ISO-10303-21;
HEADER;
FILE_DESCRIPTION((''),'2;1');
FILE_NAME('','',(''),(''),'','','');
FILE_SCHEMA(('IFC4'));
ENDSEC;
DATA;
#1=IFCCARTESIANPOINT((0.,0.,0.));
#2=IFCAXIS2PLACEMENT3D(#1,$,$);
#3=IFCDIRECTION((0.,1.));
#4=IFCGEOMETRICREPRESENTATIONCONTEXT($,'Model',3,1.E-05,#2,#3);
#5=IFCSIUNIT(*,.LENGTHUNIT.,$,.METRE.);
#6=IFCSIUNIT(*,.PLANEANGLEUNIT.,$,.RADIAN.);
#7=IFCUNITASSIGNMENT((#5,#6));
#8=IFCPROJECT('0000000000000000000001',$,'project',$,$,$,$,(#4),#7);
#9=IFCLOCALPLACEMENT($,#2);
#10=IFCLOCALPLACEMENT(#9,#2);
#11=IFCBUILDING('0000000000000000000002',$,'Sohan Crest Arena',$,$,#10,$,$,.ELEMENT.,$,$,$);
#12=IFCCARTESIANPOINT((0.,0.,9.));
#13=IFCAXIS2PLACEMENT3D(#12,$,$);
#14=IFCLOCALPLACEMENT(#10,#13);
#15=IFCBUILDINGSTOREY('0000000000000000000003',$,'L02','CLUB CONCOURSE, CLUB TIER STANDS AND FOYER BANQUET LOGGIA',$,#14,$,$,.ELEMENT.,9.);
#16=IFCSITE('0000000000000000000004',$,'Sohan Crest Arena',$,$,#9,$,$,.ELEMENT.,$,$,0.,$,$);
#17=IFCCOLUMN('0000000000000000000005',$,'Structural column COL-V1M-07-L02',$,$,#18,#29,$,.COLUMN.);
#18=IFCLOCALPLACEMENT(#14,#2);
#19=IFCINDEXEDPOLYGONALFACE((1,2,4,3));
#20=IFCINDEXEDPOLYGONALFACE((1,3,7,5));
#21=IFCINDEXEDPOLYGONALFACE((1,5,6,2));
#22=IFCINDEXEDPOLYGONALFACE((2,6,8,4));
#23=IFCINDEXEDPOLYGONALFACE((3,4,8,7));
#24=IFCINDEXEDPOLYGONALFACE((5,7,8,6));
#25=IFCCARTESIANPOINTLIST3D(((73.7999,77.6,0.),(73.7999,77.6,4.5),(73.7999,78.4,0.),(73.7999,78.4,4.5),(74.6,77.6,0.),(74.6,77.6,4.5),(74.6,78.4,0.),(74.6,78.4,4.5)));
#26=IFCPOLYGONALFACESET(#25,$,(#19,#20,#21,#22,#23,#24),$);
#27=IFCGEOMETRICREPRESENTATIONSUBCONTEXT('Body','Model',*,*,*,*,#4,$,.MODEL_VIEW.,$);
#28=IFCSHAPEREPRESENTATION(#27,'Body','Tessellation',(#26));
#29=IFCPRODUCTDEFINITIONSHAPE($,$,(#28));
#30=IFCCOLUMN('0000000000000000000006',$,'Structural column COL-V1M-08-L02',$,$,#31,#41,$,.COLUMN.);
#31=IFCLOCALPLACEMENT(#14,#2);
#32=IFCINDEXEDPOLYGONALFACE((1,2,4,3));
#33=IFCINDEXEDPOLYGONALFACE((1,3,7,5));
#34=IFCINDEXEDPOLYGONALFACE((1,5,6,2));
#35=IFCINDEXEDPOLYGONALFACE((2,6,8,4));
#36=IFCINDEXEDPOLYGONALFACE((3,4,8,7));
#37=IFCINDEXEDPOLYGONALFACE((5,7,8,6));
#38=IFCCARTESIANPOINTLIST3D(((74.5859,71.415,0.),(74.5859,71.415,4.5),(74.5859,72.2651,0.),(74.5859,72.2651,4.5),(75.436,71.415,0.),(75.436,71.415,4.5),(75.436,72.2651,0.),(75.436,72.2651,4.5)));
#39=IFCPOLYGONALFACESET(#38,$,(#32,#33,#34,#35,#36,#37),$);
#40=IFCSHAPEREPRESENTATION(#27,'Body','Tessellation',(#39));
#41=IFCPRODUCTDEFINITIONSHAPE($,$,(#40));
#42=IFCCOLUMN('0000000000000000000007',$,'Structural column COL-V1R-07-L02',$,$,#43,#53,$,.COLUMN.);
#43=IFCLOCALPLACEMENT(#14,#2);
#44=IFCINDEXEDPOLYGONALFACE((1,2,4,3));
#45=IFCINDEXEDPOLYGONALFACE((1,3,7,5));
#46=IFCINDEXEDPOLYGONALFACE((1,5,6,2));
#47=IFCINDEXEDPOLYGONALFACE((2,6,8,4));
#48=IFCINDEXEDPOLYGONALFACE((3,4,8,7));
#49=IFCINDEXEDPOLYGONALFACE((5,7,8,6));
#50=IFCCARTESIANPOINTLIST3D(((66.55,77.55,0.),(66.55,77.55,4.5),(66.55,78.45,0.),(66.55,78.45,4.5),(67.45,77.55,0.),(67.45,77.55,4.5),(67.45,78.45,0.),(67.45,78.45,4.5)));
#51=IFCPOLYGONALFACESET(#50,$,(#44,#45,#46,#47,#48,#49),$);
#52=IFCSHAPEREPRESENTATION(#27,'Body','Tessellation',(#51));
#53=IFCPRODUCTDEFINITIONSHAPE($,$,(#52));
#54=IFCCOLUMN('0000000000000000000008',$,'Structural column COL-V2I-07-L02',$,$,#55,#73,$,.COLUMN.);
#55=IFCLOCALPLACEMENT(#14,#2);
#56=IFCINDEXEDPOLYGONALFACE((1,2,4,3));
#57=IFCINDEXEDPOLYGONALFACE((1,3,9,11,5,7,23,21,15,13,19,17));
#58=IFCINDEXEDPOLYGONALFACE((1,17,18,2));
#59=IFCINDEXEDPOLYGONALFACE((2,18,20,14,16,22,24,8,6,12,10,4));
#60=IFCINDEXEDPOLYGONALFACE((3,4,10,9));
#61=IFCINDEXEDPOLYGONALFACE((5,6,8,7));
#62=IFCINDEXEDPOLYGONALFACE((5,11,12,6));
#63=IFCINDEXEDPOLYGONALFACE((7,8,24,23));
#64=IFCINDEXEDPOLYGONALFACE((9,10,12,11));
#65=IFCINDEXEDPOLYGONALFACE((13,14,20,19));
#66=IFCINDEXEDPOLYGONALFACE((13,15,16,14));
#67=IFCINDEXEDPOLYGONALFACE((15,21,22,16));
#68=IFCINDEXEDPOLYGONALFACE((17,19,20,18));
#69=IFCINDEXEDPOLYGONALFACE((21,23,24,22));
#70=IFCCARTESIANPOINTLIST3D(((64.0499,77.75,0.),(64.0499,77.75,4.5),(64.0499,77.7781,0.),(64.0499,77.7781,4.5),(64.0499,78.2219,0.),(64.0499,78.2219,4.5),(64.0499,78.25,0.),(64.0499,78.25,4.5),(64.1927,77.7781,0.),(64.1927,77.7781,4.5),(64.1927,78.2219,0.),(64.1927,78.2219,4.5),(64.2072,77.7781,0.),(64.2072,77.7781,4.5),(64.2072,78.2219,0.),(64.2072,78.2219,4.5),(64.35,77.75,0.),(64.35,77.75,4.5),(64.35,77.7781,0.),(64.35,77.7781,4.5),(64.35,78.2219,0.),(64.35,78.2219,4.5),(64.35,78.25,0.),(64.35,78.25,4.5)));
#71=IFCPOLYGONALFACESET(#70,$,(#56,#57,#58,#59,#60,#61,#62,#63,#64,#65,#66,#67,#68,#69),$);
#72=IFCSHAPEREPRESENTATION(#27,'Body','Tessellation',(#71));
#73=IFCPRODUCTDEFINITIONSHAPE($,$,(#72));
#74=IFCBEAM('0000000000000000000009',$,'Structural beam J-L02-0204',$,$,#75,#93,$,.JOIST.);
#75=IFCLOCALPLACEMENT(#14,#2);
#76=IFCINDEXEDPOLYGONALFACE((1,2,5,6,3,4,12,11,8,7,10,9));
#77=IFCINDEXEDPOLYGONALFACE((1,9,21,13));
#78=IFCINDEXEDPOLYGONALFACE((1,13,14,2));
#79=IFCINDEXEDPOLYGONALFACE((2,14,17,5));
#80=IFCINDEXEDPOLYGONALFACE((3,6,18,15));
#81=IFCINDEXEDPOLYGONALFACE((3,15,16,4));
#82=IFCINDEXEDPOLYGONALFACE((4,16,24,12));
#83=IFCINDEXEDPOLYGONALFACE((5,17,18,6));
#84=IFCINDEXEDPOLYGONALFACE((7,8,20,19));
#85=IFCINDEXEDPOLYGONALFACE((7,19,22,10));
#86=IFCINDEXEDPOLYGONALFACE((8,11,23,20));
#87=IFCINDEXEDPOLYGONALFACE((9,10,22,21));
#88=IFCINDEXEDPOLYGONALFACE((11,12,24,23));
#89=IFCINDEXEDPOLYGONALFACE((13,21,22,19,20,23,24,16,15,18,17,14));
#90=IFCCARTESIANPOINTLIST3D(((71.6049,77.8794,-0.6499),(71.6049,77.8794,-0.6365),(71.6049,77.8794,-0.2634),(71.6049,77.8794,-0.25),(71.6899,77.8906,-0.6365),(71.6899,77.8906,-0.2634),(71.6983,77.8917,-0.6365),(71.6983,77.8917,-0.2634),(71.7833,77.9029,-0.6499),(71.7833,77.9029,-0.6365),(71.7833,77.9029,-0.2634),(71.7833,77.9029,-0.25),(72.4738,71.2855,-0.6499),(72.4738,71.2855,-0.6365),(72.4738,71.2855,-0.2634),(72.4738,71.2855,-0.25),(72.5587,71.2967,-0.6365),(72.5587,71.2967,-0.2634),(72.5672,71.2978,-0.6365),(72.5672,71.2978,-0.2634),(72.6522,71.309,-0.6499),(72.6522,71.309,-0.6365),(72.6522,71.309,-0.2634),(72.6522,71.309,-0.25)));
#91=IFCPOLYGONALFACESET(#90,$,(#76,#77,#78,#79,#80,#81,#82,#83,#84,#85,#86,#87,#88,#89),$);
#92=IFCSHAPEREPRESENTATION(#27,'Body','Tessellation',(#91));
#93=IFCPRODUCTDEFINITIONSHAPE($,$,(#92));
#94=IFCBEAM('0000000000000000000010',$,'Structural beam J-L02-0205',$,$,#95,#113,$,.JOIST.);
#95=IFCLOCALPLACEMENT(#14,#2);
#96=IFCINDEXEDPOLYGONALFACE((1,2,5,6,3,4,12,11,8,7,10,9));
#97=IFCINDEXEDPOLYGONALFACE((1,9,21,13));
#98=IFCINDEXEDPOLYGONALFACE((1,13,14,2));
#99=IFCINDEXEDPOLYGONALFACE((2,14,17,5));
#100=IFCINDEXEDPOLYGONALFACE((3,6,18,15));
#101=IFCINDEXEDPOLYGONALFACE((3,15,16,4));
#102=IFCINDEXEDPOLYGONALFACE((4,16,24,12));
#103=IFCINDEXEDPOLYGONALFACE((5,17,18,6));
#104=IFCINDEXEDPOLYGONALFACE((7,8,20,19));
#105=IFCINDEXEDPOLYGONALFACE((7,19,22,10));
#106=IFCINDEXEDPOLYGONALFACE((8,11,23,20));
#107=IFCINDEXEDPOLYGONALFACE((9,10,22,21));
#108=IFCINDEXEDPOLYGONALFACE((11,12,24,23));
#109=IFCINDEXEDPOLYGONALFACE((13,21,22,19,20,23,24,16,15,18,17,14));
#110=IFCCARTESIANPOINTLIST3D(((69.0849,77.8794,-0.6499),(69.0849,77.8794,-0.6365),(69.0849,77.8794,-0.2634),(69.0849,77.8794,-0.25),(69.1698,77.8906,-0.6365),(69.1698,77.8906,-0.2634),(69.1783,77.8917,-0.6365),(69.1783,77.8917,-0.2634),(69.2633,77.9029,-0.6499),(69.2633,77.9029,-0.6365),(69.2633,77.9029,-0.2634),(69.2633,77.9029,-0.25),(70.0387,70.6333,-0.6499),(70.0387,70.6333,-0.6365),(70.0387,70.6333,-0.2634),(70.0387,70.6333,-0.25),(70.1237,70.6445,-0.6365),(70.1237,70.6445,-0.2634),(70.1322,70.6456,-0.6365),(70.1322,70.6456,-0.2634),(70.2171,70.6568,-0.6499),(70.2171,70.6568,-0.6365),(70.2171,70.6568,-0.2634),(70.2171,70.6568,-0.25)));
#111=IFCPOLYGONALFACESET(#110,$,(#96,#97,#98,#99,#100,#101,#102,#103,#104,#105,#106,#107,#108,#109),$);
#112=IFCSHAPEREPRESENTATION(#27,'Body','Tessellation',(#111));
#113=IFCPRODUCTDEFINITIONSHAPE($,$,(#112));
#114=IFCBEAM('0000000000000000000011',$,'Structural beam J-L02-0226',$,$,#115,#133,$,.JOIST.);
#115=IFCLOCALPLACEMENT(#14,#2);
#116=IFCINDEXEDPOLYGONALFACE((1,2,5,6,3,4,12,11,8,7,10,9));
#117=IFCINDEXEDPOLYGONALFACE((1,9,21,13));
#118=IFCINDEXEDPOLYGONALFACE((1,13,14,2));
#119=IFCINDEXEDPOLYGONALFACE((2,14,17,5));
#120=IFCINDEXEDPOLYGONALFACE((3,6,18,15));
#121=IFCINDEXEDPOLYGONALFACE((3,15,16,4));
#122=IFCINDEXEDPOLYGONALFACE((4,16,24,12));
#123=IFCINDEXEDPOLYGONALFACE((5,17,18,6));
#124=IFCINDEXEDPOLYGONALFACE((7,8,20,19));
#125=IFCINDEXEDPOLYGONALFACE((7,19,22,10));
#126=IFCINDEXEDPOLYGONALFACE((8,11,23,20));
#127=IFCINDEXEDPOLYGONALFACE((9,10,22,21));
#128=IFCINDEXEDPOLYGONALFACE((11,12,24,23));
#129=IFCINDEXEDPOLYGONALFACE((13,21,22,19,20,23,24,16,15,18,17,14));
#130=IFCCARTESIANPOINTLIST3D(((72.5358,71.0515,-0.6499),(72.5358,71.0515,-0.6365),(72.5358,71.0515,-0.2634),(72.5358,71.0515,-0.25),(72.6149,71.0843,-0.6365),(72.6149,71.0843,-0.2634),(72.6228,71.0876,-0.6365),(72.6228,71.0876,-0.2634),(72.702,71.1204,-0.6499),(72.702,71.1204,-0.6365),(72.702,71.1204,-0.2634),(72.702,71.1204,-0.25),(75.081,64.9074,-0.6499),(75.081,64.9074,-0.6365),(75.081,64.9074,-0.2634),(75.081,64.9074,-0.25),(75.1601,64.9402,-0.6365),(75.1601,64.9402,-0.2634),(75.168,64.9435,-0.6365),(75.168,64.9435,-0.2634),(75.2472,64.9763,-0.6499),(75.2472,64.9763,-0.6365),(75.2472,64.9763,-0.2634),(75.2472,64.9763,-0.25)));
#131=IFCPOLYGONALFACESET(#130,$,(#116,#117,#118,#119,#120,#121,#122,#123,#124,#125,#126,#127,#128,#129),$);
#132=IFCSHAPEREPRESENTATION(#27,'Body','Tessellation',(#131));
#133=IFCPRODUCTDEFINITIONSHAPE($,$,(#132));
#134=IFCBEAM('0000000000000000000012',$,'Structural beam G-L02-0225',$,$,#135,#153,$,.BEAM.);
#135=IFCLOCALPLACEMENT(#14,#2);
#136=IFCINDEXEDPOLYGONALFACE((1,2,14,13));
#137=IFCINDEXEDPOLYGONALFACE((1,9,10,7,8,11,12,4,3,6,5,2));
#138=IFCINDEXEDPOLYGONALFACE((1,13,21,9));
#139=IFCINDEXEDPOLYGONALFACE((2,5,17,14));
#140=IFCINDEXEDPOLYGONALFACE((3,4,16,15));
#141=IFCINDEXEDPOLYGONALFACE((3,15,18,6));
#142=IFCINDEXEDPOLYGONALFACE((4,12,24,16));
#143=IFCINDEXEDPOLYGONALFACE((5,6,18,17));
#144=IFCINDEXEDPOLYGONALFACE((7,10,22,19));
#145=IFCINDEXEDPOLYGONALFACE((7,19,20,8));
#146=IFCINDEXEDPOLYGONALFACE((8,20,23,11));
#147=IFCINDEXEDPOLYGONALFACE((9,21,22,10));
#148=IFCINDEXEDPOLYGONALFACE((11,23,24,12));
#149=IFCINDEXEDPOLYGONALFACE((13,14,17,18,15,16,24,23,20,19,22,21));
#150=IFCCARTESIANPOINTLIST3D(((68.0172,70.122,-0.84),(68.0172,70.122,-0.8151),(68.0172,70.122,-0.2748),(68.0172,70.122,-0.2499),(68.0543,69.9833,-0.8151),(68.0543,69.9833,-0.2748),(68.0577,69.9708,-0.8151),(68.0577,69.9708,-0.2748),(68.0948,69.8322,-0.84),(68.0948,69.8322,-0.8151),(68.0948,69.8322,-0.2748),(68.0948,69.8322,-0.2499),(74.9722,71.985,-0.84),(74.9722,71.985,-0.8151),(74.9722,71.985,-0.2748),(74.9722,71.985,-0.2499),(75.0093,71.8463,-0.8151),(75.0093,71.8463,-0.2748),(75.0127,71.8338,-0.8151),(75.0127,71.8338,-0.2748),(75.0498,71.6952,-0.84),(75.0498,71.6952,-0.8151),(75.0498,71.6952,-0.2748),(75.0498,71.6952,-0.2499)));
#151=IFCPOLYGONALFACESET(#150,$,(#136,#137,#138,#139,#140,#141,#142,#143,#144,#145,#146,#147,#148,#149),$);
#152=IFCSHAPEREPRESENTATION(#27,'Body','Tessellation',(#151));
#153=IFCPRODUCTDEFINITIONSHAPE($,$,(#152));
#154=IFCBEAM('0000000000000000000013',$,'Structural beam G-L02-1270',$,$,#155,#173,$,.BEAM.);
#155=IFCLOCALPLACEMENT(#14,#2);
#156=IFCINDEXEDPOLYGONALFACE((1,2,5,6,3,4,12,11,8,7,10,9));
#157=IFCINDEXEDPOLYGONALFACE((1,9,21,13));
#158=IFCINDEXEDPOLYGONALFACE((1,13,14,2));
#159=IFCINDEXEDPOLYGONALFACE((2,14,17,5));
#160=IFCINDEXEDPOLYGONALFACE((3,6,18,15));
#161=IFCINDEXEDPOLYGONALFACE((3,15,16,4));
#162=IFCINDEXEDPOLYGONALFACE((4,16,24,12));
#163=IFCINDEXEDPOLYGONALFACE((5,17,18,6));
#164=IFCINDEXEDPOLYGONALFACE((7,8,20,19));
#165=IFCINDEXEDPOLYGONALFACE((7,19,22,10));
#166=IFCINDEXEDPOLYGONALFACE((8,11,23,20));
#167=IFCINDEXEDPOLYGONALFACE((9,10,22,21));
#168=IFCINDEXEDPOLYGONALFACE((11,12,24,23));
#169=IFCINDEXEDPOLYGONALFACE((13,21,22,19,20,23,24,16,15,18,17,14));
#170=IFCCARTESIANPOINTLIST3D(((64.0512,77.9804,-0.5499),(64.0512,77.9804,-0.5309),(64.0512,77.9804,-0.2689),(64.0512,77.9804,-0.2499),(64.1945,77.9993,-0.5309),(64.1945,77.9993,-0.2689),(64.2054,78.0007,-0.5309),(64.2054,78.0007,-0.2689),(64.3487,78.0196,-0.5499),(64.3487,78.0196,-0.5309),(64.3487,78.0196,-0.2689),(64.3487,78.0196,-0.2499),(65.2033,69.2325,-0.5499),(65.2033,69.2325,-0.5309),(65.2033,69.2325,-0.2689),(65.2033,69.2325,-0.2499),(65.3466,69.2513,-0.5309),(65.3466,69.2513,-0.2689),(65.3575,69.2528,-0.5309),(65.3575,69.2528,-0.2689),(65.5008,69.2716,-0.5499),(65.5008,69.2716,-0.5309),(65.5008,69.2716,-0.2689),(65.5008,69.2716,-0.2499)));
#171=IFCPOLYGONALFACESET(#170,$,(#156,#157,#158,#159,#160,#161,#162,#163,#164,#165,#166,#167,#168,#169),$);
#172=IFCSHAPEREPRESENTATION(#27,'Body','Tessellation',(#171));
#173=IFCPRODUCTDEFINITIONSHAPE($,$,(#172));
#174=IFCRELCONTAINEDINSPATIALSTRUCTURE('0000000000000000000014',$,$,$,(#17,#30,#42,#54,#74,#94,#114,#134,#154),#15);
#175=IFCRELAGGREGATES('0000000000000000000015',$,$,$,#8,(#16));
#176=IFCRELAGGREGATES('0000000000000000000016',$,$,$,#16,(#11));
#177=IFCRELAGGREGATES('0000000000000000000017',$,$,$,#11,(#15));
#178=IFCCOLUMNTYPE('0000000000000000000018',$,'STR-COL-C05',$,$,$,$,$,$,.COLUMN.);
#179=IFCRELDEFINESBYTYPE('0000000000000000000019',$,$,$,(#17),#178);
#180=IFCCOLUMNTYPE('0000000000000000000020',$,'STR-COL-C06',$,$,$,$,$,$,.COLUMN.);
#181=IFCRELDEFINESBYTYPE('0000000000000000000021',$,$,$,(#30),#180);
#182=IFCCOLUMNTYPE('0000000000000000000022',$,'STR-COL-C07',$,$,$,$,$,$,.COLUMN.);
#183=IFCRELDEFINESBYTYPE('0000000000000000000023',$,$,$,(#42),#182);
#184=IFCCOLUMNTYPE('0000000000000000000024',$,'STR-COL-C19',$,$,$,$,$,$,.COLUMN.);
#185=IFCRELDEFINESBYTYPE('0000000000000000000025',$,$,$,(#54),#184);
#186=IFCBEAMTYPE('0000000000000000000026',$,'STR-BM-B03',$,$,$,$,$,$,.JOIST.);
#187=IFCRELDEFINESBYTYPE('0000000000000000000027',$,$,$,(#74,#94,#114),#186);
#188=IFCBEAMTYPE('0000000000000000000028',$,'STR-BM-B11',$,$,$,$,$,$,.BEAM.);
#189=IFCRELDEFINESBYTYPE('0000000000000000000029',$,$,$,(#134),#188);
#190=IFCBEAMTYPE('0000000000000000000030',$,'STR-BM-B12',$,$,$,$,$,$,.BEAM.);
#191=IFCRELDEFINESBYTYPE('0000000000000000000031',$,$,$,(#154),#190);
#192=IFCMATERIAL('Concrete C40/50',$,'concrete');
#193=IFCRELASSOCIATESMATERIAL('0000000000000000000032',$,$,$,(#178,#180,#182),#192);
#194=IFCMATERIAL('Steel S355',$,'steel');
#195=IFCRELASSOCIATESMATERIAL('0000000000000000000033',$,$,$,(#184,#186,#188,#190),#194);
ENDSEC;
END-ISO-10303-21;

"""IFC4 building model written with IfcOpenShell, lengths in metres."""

from ifc_helpers import new_model, si_unit, direction, frame, origin, origin_2d, place, context, subcontext, project, spatial, rectangle, i_section, extrude, material, material_profile, profile_set, type_object, element, save


model = new_model("IFC4")

# Units and contexts
model_context = context("Model", 3, precision=1e-05, world=origin(), true_north=direction((0.0, 1.0)))
body_context = subcontext(model_context, "Body", "Model", "MODEL_VIEW")
ifc_project = project(units=[si_unit("LENGTHUNIT", "METRE"), si_unit("PLANEANGLEUNIT", "RADIAN")], contexts=[model_context])

# Site, building, storey
site_placement = place(None, origin())
site = spatial("IfcSite", under=ifc_project, at=site_placement, Name="Sohan Crest Arena", CompositionType="ELEMENT", RefElevation=0.0)
building_placement = place(site_placement, origin())
building = spatial("IfcBuilding", under=site, at=building_placement, Name="Sohan Crest Arena", CompositionType="ELEMENT")
storey_placement = place(building_placement, frame((0.0, 0.0, 9.0)))
storey = spatial("IfcBuildingStorey", under=building, at=storey_placement, Name="L02", Description="CLUB CONCOURSE, CLUB TIER STANDS AND FOYER BANQUET LOGGIA", CompositionType="ELEMENT", Elevation=9.0)

# Columns
ifc_material_1 = material(Name="Concrete C40/50", Category="concrete")
ifc_material_profile_1 = material_profile(ifc_material_1, rectangle(XDim=0.8, YDim=0.8, at=origin_2d()), Name="RC 800x800")
ifc_profile_set_1 = profile_set([ifc_material_profile_1], Name="Concrete C40/50")
column_type_1 = type_object("IfcColumnType", Name="STR-COL-C05", PredefinedType="COLUMN", material=ifc_profile_set_1)
column_1_placement = place(storey_placement, frame((74.2, 78.0, 0.0), z_axis=(0.0, 0.0, 1.0), x_axis=(1.0, 0.0, 0.0)))
element("IfcColumn", 1, at=column_1_placement, inside=storey, type_object=column_type_1, Name="Structural column COL-V1M-07-L02", PredefinedType="COLUMN", context=body_context, shape_type="SweptSolid", body=[
    extrude(rectangle(XDim=0.8, YDim=0.8, at=origin_2d()), origin(), (0.0, 0.0, 1.0), 4.5),
])
ifc_material_profile_2 = material_profile(ifc_material_1, rectangle(XDim=0.8501, YDim=0.8501, at=origin_2d()), Name="RC 850x850")
ifc_profile_set_2 = profile_set([ifc_material_profile_2], Name="Concrete C40/50")
column_type_2 = type_object("IfcColumnType", Name="STR-COL-C06", PredefinedType="COLUMN", material=ifc_profile_set_2)
column_2_placement = place(storey_placement, frame((75.011, 71.8401, 0.0), z_axis=(0.0, 0.0, 1.0), x_axis=(1.0, 0.0, 0.0)))
element("IfcColumn", 2, at=column_2_placement, inside=storey, type_object=column_type_2, Name="Structural column COL-V1M-08-L02", PredefinedType="COLUMN", context=body_context, shape_type="SweptSolid", body=[
    extrude(rectangle(XDim=0.8501, YDim=0.8501, at=origin_2d()), origin(), (0.0, 0.0, 1.0), 4.5),
])
ifc_material_profile_3 = material_profile(ifc_material_1, rectangle(XDim=0.8999, YDim=0.8999, at=origin_2d()), Name="RC 900x900")
ifc_profile_set_3 = profile_set([ifc_material_profile_3], Name="Concrete C40/50")
column_type_3 = type_object("IfcColumnType", Name="STR-COL-C07", PredefinedType="COLUMN", material=ifc_profile_set_3)
column_3_placement = place(storey_placement, frame((67.0, 78.0, 0.0), z_axis=(0.0, 0.0, 1.0), x_axis=(1.0, 0.0, 0.0)))
element("IfcColumn", 3, at=column_3_placement, inside=storey, type_object=column_type_3, Name="Structural column COL-V1R-07-L02", PredefinedType="COLUMN", context=body_context, shape_type="SweptSolid", body=[
    extrude(rectangle(XDim=0.8999, YDim=0.8999, at=origin_2d()), origin(), (0.0, 0.0, 1.0), 4.5),
])
ifc_material_2 = material(Name="Steel S355", Category="steel")
ifc_material_profile_4 = material_profile(ifc_material_2, i_section(OverallWidth=0.3, OverallDepth=0.5, WebThickness=0.0144, FlangeThickness=0.0281, at=origin_2d()), Name="HEB 500")
ifc_profile_set_4 = profile_set([ifc_material_profile_4], Name="Steel S355")
column_type_4 = type_object("IfcColumnType", Name="STR-COL-C19", PredefinedType="COLUMN", material=ifc_profile_set_4)
column_4_placement = place(storey_placement, frame((64.2, 78.0, 0.0), z_axis=(0.0, 0.0, 1.0), x_axis=(1.0, 0.0, 0.0)))
element("IfcColumn", 4, at=column_4_placement, inside=storey, type_object=column_type_4, Name="Structural column COL-V2I-07-L02", PredefinedType="COLUMN", context=body_context, shape_type="SweptSolid", body=[
    extrude(i_section(OverallWidth=0.3, OverallDepth=0.5, WebThickness=0.0144, FlangeThickness=0.0281, at=origin_2d()), origin(), (0.0, 0.0, 1.0), 4.5),
])

# Beams
ifc_material_profile_5 = material_profile(ifc_material_2, i_section(OverallWidth=0.1799, OverallDepth=0.3999, WebThickness=0.0085, FlangeThickness=0.0134, at=origin_2d()), Name="IPE 400")
ifc_profile_set_5 = profile_set([ifc_material_profile_5], Name="Steel S355")
beam_type_1 = type_object("IfcBeamType", Name="STR-BM-B03", PredefinedType="JOIST", material=ifc_profile_set_5)
beam_1_placement = place(storey_placement, frame((71.6941, 77.8911, -0.45), z_axis=(0.130642, -0.99143, 0.0), x_axis=(0.99143, 0.130642, 0.0)))
element("IfcBeam", 5, at=beam_1_placement, inside=storey, type_object=beam_type_1, Name="Structural beam J-L02-0204", PredefinedType="JOIST", context=body_context, shape_type="SweptSolid", body=[
    extrude(i_section(OverallWidth=0.1799, OverallDepth=0.3999, WebThickness=0.0085, FlangeThickness=0.0134, at=origin_2d()), origin(), (0.0, 0.0, 1.0), 6.6509),
])
beam_2_placement = place(storey_placement, frame((69.1741, 77.8911, -0.45), z_axis=(0.130512, -0.991447, 0.0), x_axis=(0.991447, 0.130512, 0.0)))
element("IfcBeam", 6, at=beam_2_placement, inside=storey, type_object=beam_type_1, Name="Structural beam J-L02-0205", PredefinedType="JOIST", context=body_context, shape_type="SweptSolid", body=[
    extrude(i_section(OverallWidth=0.1799, OverallDepth=0.3999, WebThickness=0.0085, FlangeThickness=0.0134, at=origin_2d()), origin(), (0.0, 0.0, 1.0), 7.3086),
])
beam_3_placement = place(storey_placement, frame((72.6189, 71.0859, -0.45), z_axis=(0.382712, -0.923868, 0.0), x_axis=(0.923868, 0.382712, 0.0)))
element("IfcBeam", 7, at=beam_3_placement, inside=storey, type_object=beam_type_1, Name="Structural beam J-L02-0226", PredefinedType="JOIST", context=body_context, shape_type="SweptSolid", body=[
    extrude(i_section(OverallWidth=0.1799, OverallDepth=0.3999, WebThickness=0.0085, FlangeThickness=0.0134, at=origin_2d()), origin(), (0.0, 0.0, 1.0), 6.6504),
])
ifc_material_profile_6 = material_profile(ifc_material_2, i_section(OverallWidth=0.3, OverallDepth=0.5901, WebThickness=0.0129, FlangeThickness=0.0249, at=origin_2d()), Name="HEA 600")
ifc_profile_set_6 = profile_set([ifc_material_profile_6], Name="Steel S355")
beam_type_2 = type_object("IfcBeamType", Name="STR-BM-B11", PredefinedType="BEAM", material=ifc_profile_set_6)
beam_4_placement = place(storey_placement, frame((75.011, 71.8401, -0.5449), z_axis=(-0.965946, -0.258745, 0.0), x_axis=(0.258745, -0.965946, 0.0)))
element("IfcBeam", 8, at=beam_4_placement, inside=storey, type_object=beam_type_2, Name="Structural beam G-L02-0225", PredefinedType="BEAM", context=body_context, shape_type="SweptSolid", body=[
    extrude(i_section(OverallWidth=0.3, OverallDepth=0.5901, WebThickness=0.0129, FlangeThickness=0.0249, at=origin_2d()), origin(), (0.0, 0.0, 1.0), 7.2002),
])
ifc_material_profile_7 = material_profile(ifc_material_2, i_section(OverallWidth=0.3, OverallDepth=0.3, WebThickness=0.011, FlangeThickness=0.019, at=origin_2d()), Name="HEB 300")
ifc_profile_set_7 = profile_set([ifc_material_profile_7], Name="Steel S355")
beam_type_3 = type_object("IfcBeamType", Name="STR-BM-B12", PredefinedType="BEAM", material=ifc_profile_set_7)
beam_5_placement = place(storey_placement, frame((64.2, 78.0, -0.3999), z_axis=(0.13057, -0.991439, 0.0), x_axis=(0.991439, 0.13057, 0.0)))
element("IfcBeam", 9, at=beam_5_placement, inside=storey, type_object=beam_type_3, Name="Structural beam G-L02-1270", PredefinedType="BEAM", context=body_context, shape_type="SweptSolid", body=[
    extrude(i_section(OverallWidth=0.3, OverallDepth=0.3, WebThickness=0.011, FlangeThickness=0.019, at=origin_2d()), origin(), (0.0, 0.0, 1.0), 8.8235),
])

save(model, "model.ifc")
